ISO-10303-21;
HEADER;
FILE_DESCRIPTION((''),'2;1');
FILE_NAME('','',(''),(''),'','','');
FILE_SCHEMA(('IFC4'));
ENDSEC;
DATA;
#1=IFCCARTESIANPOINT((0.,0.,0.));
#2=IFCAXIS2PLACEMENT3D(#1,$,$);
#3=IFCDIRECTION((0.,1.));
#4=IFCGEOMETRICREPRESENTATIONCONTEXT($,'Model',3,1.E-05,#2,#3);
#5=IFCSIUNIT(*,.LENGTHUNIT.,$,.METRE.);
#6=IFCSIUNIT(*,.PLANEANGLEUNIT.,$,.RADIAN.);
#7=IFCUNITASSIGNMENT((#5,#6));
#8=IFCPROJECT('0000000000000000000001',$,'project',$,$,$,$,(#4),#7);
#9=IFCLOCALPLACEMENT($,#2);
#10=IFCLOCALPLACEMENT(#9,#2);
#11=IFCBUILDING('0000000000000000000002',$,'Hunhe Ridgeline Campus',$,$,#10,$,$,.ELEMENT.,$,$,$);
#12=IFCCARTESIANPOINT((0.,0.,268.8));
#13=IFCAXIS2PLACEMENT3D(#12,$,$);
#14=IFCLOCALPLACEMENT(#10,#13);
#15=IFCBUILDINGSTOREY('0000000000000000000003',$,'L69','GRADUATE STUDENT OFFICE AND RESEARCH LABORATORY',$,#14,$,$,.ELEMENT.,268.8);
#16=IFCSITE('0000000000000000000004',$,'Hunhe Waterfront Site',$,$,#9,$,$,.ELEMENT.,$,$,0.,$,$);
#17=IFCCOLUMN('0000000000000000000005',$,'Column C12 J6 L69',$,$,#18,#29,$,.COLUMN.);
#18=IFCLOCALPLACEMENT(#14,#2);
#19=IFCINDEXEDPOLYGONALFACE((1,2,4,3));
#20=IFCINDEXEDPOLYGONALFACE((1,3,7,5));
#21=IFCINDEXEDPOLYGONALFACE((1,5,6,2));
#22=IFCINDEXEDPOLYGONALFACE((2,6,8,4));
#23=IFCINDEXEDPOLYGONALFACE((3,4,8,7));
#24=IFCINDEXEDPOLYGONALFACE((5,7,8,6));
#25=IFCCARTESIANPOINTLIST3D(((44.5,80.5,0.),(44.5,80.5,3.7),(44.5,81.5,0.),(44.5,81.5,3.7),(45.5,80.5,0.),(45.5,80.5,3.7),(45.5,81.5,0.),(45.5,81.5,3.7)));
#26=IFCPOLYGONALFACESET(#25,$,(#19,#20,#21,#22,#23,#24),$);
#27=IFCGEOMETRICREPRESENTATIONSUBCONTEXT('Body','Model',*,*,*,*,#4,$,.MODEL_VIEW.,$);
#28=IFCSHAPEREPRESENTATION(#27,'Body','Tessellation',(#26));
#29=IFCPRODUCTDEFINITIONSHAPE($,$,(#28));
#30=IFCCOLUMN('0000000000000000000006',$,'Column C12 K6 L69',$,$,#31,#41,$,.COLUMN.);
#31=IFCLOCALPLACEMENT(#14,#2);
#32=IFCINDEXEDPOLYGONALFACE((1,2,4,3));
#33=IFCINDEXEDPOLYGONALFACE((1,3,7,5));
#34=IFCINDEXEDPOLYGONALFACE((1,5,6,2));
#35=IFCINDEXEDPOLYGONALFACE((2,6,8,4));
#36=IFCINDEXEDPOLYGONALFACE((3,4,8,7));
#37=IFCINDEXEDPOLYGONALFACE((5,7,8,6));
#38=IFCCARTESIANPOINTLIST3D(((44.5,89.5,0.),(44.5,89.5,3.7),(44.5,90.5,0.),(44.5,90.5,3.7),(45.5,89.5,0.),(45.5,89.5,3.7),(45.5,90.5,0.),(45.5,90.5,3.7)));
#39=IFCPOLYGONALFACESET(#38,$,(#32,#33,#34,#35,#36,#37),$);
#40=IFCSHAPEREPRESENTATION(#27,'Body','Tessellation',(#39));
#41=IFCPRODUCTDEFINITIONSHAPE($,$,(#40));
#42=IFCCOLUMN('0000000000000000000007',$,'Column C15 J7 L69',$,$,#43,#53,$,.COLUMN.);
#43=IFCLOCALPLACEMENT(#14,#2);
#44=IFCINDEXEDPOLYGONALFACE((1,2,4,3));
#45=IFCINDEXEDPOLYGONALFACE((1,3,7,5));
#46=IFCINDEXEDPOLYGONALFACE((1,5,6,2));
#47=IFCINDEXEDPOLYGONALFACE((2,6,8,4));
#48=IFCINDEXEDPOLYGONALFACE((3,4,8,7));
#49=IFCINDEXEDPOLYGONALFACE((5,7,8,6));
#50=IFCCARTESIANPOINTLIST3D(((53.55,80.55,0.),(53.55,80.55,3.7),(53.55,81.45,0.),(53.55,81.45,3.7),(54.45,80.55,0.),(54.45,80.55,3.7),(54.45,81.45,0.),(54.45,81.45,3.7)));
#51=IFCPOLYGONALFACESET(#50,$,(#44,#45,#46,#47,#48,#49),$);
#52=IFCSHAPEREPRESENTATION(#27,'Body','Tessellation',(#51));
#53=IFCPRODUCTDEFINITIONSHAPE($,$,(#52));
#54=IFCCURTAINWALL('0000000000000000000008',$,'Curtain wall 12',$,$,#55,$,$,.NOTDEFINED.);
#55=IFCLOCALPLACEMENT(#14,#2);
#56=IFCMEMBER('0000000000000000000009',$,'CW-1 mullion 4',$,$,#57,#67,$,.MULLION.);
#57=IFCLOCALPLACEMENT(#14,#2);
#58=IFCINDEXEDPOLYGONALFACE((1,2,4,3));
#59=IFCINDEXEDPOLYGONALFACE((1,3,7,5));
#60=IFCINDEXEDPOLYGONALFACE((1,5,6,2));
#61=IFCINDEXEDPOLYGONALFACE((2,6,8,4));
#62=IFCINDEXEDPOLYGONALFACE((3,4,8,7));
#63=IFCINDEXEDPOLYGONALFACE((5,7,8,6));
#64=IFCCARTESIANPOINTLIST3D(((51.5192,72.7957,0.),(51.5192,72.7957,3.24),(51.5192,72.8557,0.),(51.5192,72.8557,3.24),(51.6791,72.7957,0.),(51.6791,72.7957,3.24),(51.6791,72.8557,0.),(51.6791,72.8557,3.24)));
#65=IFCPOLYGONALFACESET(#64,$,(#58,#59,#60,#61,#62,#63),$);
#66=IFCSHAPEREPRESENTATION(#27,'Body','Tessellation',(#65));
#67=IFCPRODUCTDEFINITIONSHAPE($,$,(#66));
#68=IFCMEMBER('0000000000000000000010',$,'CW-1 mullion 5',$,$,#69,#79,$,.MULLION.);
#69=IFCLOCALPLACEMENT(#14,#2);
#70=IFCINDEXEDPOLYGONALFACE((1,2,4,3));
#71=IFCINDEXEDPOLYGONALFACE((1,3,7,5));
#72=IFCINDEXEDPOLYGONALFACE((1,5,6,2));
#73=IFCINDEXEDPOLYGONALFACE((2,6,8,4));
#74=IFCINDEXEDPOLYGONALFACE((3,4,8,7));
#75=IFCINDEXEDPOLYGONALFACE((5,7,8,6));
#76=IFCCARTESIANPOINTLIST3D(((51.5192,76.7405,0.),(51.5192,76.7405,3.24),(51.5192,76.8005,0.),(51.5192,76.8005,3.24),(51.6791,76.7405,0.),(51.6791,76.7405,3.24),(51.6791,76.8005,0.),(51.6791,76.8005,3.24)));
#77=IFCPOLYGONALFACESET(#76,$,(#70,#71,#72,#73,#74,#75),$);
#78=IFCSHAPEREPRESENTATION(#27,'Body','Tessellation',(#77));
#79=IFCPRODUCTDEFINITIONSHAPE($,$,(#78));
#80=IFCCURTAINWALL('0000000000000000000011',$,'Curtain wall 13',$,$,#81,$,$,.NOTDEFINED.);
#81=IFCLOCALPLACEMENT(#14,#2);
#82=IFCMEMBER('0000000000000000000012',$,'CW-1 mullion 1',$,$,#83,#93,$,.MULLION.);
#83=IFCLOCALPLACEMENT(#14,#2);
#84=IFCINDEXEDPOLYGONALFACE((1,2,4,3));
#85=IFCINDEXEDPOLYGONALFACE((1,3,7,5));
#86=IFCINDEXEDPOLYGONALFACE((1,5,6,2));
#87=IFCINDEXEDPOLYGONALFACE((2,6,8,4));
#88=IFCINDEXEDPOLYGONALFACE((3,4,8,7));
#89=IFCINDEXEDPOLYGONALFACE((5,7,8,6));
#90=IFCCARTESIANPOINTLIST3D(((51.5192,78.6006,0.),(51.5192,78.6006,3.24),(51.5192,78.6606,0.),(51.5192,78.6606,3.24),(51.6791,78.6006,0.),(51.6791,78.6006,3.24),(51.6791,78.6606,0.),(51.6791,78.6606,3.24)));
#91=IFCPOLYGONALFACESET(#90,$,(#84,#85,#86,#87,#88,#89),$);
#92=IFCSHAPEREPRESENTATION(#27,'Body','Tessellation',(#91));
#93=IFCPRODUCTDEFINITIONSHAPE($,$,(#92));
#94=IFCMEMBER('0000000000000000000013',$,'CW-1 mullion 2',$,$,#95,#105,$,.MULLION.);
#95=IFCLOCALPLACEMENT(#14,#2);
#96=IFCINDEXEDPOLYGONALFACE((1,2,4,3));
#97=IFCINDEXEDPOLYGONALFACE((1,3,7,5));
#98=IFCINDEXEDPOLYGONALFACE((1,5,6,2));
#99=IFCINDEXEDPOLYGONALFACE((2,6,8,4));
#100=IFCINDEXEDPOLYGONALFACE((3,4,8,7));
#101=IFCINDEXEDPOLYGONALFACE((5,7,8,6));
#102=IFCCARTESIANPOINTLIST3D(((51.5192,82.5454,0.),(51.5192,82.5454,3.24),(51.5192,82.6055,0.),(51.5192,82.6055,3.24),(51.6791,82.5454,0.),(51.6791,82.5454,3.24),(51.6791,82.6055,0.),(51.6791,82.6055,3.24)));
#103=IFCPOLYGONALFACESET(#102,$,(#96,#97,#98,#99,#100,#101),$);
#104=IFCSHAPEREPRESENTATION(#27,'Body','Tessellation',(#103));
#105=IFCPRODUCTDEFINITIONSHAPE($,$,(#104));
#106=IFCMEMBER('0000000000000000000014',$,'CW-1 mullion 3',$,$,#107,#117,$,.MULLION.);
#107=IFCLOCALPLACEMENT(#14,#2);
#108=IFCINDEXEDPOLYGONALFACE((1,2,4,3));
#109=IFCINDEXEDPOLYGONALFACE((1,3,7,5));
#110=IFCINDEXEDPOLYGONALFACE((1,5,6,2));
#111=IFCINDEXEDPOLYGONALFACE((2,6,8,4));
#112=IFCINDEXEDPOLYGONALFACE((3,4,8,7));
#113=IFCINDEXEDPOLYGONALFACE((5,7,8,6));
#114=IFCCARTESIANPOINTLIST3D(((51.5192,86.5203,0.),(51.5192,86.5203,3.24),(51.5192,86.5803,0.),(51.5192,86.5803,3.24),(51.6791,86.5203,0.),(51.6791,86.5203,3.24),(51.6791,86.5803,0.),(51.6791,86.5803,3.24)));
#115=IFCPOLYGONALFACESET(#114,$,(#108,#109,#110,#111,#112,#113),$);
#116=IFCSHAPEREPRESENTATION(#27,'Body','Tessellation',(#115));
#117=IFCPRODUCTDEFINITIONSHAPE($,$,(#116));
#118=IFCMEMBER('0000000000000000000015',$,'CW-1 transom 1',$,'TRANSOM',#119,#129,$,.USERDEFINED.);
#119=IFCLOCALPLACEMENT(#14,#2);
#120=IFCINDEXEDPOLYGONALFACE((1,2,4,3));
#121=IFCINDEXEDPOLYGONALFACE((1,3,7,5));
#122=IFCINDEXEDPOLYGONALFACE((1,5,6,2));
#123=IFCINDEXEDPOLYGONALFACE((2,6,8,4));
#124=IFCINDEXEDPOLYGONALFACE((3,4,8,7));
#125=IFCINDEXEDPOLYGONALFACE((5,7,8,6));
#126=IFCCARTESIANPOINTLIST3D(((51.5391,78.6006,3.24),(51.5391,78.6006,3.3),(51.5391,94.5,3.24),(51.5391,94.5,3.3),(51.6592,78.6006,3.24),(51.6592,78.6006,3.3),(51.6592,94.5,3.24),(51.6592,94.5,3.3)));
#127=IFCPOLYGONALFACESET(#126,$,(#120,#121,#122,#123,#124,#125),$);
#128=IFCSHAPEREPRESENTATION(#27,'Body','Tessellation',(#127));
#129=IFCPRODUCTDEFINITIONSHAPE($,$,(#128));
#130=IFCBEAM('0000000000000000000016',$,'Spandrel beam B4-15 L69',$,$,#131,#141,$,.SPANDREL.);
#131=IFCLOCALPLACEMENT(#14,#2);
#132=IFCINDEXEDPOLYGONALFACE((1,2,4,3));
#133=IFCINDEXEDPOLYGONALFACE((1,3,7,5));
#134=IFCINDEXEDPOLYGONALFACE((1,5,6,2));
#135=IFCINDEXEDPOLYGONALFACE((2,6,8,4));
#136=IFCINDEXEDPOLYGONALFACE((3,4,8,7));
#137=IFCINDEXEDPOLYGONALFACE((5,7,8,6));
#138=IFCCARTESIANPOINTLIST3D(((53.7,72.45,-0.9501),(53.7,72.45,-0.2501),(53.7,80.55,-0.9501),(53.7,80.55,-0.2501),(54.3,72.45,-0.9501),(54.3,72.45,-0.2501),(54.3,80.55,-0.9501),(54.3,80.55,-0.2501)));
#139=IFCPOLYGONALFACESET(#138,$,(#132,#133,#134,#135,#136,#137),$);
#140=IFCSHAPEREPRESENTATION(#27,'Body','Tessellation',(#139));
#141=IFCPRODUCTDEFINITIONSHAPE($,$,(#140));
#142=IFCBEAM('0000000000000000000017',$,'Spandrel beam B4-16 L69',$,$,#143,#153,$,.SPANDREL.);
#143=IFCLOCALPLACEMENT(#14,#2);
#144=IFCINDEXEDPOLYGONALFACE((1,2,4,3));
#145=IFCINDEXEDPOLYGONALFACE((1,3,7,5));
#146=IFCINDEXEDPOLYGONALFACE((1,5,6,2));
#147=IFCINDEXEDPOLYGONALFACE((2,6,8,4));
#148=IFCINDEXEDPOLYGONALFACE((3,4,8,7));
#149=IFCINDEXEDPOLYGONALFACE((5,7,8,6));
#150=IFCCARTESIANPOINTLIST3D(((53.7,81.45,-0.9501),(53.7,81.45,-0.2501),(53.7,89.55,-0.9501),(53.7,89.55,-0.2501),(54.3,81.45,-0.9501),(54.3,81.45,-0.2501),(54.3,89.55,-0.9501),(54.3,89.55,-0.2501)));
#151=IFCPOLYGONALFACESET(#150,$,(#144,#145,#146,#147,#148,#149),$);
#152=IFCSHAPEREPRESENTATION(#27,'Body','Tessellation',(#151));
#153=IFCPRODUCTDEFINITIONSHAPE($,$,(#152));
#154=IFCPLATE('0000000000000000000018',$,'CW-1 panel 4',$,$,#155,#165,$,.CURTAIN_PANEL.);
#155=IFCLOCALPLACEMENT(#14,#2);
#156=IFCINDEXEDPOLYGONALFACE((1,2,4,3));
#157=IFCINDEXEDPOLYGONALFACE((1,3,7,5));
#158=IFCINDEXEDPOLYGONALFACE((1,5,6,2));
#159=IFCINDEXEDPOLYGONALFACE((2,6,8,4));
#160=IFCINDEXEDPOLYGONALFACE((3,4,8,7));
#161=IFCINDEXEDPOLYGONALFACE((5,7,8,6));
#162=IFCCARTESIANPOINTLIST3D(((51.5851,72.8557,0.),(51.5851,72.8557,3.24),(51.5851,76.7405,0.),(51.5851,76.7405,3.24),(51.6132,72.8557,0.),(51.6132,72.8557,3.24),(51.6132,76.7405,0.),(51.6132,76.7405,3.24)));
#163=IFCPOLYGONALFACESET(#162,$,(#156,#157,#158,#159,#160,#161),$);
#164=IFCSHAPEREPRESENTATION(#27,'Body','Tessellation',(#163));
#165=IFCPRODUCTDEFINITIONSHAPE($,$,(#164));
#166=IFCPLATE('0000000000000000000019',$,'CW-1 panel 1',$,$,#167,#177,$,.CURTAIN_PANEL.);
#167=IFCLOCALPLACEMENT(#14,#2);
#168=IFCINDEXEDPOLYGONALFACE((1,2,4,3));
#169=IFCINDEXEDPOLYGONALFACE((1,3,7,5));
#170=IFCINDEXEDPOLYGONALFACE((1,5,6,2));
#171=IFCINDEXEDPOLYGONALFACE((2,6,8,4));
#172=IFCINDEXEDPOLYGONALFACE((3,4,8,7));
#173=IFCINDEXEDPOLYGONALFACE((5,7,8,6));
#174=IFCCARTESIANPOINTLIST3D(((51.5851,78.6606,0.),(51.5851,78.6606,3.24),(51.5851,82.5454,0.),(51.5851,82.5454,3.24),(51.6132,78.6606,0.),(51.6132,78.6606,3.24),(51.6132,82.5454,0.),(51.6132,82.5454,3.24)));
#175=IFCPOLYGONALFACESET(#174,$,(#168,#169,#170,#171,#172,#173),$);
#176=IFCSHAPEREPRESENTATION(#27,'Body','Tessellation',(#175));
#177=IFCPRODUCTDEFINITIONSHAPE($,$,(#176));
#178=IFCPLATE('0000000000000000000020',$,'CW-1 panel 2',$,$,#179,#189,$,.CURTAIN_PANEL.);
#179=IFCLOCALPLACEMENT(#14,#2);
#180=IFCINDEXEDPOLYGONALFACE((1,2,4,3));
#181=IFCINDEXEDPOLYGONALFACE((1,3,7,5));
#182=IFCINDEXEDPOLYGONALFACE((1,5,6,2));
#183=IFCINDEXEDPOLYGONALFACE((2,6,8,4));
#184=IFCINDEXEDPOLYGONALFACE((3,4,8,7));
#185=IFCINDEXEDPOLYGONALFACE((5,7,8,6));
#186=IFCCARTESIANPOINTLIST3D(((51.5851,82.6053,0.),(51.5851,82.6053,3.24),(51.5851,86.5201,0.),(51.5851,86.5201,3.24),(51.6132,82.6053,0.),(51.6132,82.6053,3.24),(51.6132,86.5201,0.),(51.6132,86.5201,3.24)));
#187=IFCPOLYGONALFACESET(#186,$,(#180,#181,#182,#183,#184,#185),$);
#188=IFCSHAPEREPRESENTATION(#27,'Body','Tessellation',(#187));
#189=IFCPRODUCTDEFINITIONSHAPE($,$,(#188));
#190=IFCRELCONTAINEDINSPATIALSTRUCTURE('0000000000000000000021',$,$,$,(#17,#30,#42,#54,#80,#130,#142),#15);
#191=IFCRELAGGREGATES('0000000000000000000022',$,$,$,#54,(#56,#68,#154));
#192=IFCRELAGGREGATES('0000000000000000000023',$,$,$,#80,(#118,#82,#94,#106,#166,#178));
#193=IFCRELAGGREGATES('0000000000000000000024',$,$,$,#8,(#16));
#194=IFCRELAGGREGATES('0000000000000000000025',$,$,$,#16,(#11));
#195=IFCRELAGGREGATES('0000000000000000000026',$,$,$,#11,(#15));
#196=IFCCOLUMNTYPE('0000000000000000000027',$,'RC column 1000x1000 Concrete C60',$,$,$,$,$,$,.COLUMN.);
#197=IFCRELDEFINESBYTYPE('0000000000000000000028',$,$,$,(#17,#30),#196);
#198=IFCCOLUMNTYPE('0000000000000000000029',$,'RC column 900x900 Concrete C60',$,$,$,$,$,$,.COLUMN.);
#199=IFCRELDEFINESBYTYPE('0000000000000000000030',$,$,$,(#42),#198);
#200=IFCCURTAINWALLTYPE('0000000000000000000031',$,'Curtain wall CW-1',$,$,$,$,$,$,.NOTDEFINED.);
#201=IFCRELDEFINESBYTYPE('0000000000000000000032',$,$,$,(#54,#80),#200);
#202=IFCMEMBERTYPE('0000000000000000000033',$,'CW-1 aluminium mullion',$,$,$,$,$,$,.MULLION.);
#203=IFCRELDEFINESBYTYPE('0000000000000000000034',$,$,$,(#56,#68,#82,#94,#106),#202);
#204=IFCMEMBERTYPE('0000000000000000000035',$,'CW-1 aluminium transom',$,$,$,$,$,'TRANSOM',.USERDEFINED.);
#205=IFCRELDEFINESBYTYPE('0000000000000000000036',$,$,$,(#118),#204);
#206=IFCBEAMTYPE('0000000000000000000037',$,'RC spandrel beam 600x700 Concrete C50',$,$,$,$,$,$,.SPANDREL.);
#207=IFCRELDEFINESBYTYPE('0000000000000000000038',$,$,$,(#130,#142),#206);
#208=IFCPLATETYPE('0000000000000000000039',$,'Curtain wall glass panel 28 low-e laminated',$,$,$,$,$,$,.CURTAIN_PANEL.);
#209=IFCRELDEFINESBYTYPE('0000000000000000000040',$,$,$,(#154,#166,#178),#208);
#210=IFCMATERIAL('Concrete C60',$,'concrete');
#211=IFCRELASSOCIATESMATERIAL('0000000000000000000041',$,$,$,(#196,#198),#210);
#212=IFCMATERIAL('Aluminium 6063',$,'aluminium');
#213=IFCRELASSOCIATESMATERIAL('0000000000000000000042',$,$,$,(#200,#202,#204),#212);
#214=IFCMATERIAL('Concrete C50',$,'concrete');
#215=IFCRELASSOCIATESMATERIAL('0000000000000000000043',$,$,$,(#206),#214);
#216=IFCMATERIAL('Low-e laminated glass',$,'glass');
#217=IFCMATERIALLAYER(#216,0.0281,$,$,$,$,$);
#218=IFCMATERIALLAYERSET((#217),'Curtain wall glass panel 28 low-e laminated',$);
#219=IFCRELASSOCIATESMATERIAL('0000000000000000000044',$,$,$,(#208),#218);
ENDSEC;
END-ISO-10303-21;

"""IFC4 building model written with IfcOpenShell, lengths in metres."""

from ifc_helpers import new_model, si_unit, direction, frame, origin, origin_2d, place, context, subcontext, project, spatial, rectangle, extrude, material, layer, layer_set, material_profile, profile_set, type_object, element, aggregate, save


model = new_model("IFC4")

# Units and contexts
model_context = context("Model", 3, precision=1e-05, world=origin(), true_north=direction((0.0, 1.0)))
body_context = subcontext(model_context, "Body", "Model", "MODEL_VIEW")
ifc_project = project(units=[si_unit("LENGTHUNIT", "METRE"), si_unit("PLANEANGLEUNIT", "RADIAN")], contexts=[model_context])

# Site, building, storey
site_placement = place(None, origin())
site = spatial("IfcSite", under=ifc_project, at=site_placement, Name="Hunhe Waterfront Site", CompositionType="ELEMENT", RefElevation=0.0)
building_placement = place(site_placement, origin())
building = spatial("IfcBuilding", under=site, at=building_placement, Name="Hunhe Ridgeline Campus", CompositionType="ELEMENT")
storey_placement = place(building_placement, frame((0.0, 0.0, 268.8)))
storey = spatial("IfcBuildingStorey", under=building, at=storey_placement, Name="L69", Description="GRADUATE STUDENT OFFICE AND RESEARCH LABORATORY", CompositionType="ELEMENT", Elevation=268.8)

# Columns
ifc_material_1 = material(Name="Concrete C60", Category="concrete")
ifc_material_profile_1 = material_profile(ifc_material_1, rectangle(XDim=1.0, YDim=1.0, at=origin_2d()))
ifc_profile_set_1 = profile_set([ifc_material_profile_1], Name="Concrete C60")
column_type_1 = type_object("IfcColumnType", Name="RC column 1000x1000 Concrete C60", PredefinedType="COLUMN", material=ifc_profile_set_1)
for number, where, z_axis, x_axis, name in (
    (1, (45.0, 81.0, 0.0), (0.0, 0.0, 1.0), (1.0, 0.0, 0.0), "Column C12 J6 L69"),
    (2, (45.0, 90.0, 0.0), (0.0, 0.0, 1.0), (1.0, 0.0, 0.0), "Column C12 K6 L69"),
):
    element("IfcColumn", number, at=place(storey_placement, frame(where, z_axis=z_axis, x_axis=x_axis)), inside=storey, type_object=column_type_1, Name=name, PredefinedType="COLUMN", context=body_context, shape_type="SweptSolid", body=[
        extrude(rectangle(XDim=1.0, YDim=1.0, at=origin_2d()), origin(), (0.0, 0.0, 1.0), 3.7),
    ])
ifc_material_profile_2 = material_profile(ifc_material_1, rectangle(XDim=0.8999, YDim=0.8999, at=origin_2d()))
ifc_profile_set_2 = profile_set([ifc_material_profile_2], Name="Concrete C60")
column_type_2 = type_object("IfcColumnType", Name="RC column 900x900 Concrete C60", PredefinedType="COLUMN", material=ifc_profile_set_2)
column_placement = place(storey_placement, frame((54.0, 81.0, 0.0), z_axis=(0.0, 0.0, 1.0), x_axis=(1.0, 0.0, 0.0)))
element("IfcColumn", 3, at=column_placement, inside=storey, type_object=column_type_2, Name="Column C15 J7 L69", PredefinedType="COLUMN", context=body_context, shape_type="SweptSolid", body=[
    extrude(rectangle(XDim=0.8999, YDim=0.8999, at=origin_2d()), origin(), (0.0, 0.0, 1.0), 3.7),
])

# Curtain walls, members
ifc_material_2 = material(Name="Aluminium 6063", Category="aluminium")
curtain_wall_type = type_object("IfcCurtainWallType", Name="Curtain wall CW-1", PredefinedType="NOTDEFINED", material=ifc_material_2)
curtain_wall_1_placement = place(storey_placement, origin())
curtain_wall_1 = element("IfcCurtainWall", 4, at=curtain_wall_1_placement, inside=storey, type_object=curtain_wall_type, Name="Curtain wall 12", PredefinedType="NOTDEFINED")
ifc_material_profile_3 = material_profile(ifc_material_2, rectangle(XDim=0.1599, YDim=0.0601, at=origin_2d()))
ifc_profile_set_3 = profile_set([ifc_material_profile_3], Name="Aluminium 6063")
member_type_1 = type_object("IfcMemberType", Name="CW-1 aluminium mullion", PredefinedType="MULLION", material=ifc_profile_set_3)
member_1_placement = place(storey_placement, frame((51.5991, 72.8257, 0.0), z_axis=(0.0, 0.0, 1.0), x_axis=(-1.0, 0.0, 0.0)))
member_1 = element("IfcMember", 5, at=member_1_placement, type_object=member_type_1, Name="CW-1 mullion 4", PredefinedType="MULLION", context=body_context, shape_type="SweptSolid", body=[
    extrude(rectangle(XDim=0.1599, YDim=0.0601, at=origin_2d()), origin(), (0.0, 0.0, 1.0), 3.24),
])
member_2_placement = place(storey_placement, frame((51.5991, 76.7705, 0.0), z_axis=(0.0, 0.0, 1.0), x_axis=(-1.0, 0.0, 0.0)))
member_2 = element("IfcMember", 6, at=member_2_placement, type_object=member_type_1, Name="CW-1 mullion 5", PredefinedType="MULLION", context=body_context, shape_type="SweptSolid", body=[
    extrude(rectangle(XDim=0.1599, YDim=0.0601, at=origin_2d()), origin(), (0.0, 0.0, 1.0), 3.24),
])
curtain_wall_2_placement = place(storey_placement, origin())
curtain_wall_2 = element("IfcCurtainWall", 7, at=curtain_wall_2_placement, inside=storey, type_object=curtain_wall_type, Name="Curtain wall 13", PredefinedType="NOTDEFINED")
member_3_placement = place(storey_placement, frame((51.5991, 78.6306, 0.0), z_axis=(0.0, 0.0, 1.0), x_axis=(-1.0, 0.0, 0.0)))
member_3 = element("IfcMember", 8, at=member_3_placement, type_object=member_type_1, Name="CW-1 mullion 1", PredefinedType="MULLION", context=body_context, shape_type="SweptSolid", body=[
    extrude(rectangle(XDim=0.1599, YDim=0.0601, at=origin_2d()), origin(), (0.0, 0.0, 1.0), 3.24),
])
member_4_placement = place(storey_placement, frame((51.5991, 82.5754, 0.0), z_axis=(0.0, 0.0, 1.0), x_axis=(-1.0, 0.0, 0.0)))
member_4 = element("IfcMember", 9, at=member_4_placement, type_object=member_type_1, Name="CW-1 mullion 2", PredefinedType="MULLION", context=body_context, shape_type="SweptSolid", body=[
    extrude(rectangle(XDim=0.1599, YDim=0.0601, at=origin_2d()), origin(), (0.0, 0.0, 1.0), 3.24),
])
member_5_placement = place(storey_placement, frame((51.5991, 86.5503, 0.0), z_axis=(0.0, 0.0, 1.0), x_axis=(-1.0, 0.0, 0.0)))
member_5 = element("IfcMember", 10, at=member_5_placement, type_object=member_type_1, Name="CW-1 mullion 3", PredefinedType="MULLION", context=body_context, shape_type="SweptSolid", body=[
    extrude(rectangle(XDim=0.1599, YDim=0.0601, at=origin_2d()), origin(), (0.0, 0.0, 1.0), 3.24),
])
ifc_material_profile_4 = material_profile(ifc_material_2, rectangle(XDim=0.1201, YDim=0.0601, at=origin_2d()))
ifc_profile_set_4 = profile_set([ifc_material_profile_4], Name="Aluminium 6063")
member_type_2 = type_object("IfcMemberType", Name="CW-1 aluminium transom", ElementType="TRANSOM", PredefinedType="USERDEFINED", material=ifc_profile_set_4)
member_6_placement = place(storey_placement, frame((51.5991, 78.6006, 3.27), z_axis=(0.0, 1.0, 0.0), x_axis=(-1.0, 0.0, 0.0)))
member_6 = element("IfcMember", 11, at=member_6_placement, type_object=member_type_2, Name="CW-1 transom 1", ObjectType="TRANSOM", PredefinedType="USERDEFINED", context=body_context, shape_type="SweptSolid", body=[
    extrude(rectangle(XDim=0.1201, YDim=0.0601, at=origin_2d()), origin(), (0.0, 0.0, 1.0), 15.8994),
])

# Beams
ifc_material_3 = material(Name="Concrete C50", Category="concrete")
ifc_material_profile_5 = material_profile(ifc_material_3, rectangle(XDim=0.6001, YDim=0.7, at=origin_2d()))
ifc_profile_set_5 = profile_set([ifc_material_profile_5], Name="Concrete C50")
beam_type = type_object("IfcBeamType", Name="RC spandrel beam 600x700 Concrete C50", PredefinedType="SPANDREL", material=ifc_profile_set_5)
for number, where, z_axis, x_axis, name in (
    (12, (54.0, 72.45, -0.6001), (0.0, 1.0, 0.0), (-1.0, 0.0, 0.0), "Spandrel beam B4-15 L69"),
    (13, (54.0, 81.45, -0.6001), (0.0, 1.0, 0.0), (-1.0, 0.0, 0.0), "Spandrel beam B4-16 L69"),
):
    element("IfcBeam", number, at=place(storey_placement, frame(where, z_axis=z_axis, x_axis=x_axis)), inside=storey, type_object=beam_type, Name=name, PredefinedType="SPANDREL", context=body_context, shape_type="SweptSolid", body=[
        extrude(rectangle(XDim=0.6001, YDim=0.7, at=origin_2d()), origin(), (0.0, 0.0, 1.0), 8.1001),
    ])

# Plates
ifc_material_4 = material(Name="Low-e laminated glass", Category="glass")
ifc_layer_1 = layer(ifc_material_4, 0.0281)
ifc_layer_set_1 = layer_set([ifc_layer_1], Name="Curtain wall glass panel 28 low-e laminated")
plate_type = type_object("IfcPlateType", Name="Curtain wall glass panel 28 low-e laminated", PredefinedType="CURTAIN_PANEL", material=ifc_layer_set_1)
plate_1_placement = place(storey_placement, frame((51.5991, 74.7981, 0.0), z_axis=(0.0, 0.0, 1.0), x_axis=(0.0, 1.0, 0.0)))
plate_1 = element("IfcPlate", 14, at=plate_1_placement, type_object=plate_type, Name="CW-1 panel 4", PredefinedType="CURTAIN_PANEL", context=body_context, shape_type="SweptSolid", body=[
    extrude(rectangle(XDim=3.8848, YDim=0.0281, at=origin_2d()), origin(), (0.0, 0.0, 1.0), 3.24),
])
aggregate(curtain_wall_1, [member_1, member_2, plate_1])
plate_2_placement = place(storey_placement, frame((51.5991, 80.603, 0.0), z_axis=(0.0, 0.0, 1.0), x_axis=(0.0, 1.0, 0.0)))
plate_2 = element("IfcPlate", 15, at=plate_2_placement, type_object=plate_type, Name="CW-1 panel 1", PredefinedType="CURTAIN_PANEL", context=body_context, shape_type="SweptSolid", body=[
    extrude(rectangle(XDim=3.8848, YDim=0.0281, at=origin_2d()), origin(), (0.0, 0.0, 1.0), 3.24),
])
plate_3_placement = place(storey_placement, frame((51.5991, 84.5627, 0.0), z_axis=(0.0, 0.0, 1.0), x_axis=(0.0, 1.0, 0.0)))
plate_3 = element("IfcPlate", 16, at=plate_3_placement, type_object=plate_type, Name="CW-1 panel 2", PredefinedType="CURTAIN_PANEL", context=body_context, shape_type="SweptSolid", body=[
    extrude(rectangle(XDim=3.9148, YDim=0.0281, at=origin_2d()), origin(), (0.0, 0.0, 1.0), 3.24),
])
aggregate(curtain_wall_2, [member_6, member_3, member_4, member_5, plate_2, plate_3])

save(model, "model.ifc")
